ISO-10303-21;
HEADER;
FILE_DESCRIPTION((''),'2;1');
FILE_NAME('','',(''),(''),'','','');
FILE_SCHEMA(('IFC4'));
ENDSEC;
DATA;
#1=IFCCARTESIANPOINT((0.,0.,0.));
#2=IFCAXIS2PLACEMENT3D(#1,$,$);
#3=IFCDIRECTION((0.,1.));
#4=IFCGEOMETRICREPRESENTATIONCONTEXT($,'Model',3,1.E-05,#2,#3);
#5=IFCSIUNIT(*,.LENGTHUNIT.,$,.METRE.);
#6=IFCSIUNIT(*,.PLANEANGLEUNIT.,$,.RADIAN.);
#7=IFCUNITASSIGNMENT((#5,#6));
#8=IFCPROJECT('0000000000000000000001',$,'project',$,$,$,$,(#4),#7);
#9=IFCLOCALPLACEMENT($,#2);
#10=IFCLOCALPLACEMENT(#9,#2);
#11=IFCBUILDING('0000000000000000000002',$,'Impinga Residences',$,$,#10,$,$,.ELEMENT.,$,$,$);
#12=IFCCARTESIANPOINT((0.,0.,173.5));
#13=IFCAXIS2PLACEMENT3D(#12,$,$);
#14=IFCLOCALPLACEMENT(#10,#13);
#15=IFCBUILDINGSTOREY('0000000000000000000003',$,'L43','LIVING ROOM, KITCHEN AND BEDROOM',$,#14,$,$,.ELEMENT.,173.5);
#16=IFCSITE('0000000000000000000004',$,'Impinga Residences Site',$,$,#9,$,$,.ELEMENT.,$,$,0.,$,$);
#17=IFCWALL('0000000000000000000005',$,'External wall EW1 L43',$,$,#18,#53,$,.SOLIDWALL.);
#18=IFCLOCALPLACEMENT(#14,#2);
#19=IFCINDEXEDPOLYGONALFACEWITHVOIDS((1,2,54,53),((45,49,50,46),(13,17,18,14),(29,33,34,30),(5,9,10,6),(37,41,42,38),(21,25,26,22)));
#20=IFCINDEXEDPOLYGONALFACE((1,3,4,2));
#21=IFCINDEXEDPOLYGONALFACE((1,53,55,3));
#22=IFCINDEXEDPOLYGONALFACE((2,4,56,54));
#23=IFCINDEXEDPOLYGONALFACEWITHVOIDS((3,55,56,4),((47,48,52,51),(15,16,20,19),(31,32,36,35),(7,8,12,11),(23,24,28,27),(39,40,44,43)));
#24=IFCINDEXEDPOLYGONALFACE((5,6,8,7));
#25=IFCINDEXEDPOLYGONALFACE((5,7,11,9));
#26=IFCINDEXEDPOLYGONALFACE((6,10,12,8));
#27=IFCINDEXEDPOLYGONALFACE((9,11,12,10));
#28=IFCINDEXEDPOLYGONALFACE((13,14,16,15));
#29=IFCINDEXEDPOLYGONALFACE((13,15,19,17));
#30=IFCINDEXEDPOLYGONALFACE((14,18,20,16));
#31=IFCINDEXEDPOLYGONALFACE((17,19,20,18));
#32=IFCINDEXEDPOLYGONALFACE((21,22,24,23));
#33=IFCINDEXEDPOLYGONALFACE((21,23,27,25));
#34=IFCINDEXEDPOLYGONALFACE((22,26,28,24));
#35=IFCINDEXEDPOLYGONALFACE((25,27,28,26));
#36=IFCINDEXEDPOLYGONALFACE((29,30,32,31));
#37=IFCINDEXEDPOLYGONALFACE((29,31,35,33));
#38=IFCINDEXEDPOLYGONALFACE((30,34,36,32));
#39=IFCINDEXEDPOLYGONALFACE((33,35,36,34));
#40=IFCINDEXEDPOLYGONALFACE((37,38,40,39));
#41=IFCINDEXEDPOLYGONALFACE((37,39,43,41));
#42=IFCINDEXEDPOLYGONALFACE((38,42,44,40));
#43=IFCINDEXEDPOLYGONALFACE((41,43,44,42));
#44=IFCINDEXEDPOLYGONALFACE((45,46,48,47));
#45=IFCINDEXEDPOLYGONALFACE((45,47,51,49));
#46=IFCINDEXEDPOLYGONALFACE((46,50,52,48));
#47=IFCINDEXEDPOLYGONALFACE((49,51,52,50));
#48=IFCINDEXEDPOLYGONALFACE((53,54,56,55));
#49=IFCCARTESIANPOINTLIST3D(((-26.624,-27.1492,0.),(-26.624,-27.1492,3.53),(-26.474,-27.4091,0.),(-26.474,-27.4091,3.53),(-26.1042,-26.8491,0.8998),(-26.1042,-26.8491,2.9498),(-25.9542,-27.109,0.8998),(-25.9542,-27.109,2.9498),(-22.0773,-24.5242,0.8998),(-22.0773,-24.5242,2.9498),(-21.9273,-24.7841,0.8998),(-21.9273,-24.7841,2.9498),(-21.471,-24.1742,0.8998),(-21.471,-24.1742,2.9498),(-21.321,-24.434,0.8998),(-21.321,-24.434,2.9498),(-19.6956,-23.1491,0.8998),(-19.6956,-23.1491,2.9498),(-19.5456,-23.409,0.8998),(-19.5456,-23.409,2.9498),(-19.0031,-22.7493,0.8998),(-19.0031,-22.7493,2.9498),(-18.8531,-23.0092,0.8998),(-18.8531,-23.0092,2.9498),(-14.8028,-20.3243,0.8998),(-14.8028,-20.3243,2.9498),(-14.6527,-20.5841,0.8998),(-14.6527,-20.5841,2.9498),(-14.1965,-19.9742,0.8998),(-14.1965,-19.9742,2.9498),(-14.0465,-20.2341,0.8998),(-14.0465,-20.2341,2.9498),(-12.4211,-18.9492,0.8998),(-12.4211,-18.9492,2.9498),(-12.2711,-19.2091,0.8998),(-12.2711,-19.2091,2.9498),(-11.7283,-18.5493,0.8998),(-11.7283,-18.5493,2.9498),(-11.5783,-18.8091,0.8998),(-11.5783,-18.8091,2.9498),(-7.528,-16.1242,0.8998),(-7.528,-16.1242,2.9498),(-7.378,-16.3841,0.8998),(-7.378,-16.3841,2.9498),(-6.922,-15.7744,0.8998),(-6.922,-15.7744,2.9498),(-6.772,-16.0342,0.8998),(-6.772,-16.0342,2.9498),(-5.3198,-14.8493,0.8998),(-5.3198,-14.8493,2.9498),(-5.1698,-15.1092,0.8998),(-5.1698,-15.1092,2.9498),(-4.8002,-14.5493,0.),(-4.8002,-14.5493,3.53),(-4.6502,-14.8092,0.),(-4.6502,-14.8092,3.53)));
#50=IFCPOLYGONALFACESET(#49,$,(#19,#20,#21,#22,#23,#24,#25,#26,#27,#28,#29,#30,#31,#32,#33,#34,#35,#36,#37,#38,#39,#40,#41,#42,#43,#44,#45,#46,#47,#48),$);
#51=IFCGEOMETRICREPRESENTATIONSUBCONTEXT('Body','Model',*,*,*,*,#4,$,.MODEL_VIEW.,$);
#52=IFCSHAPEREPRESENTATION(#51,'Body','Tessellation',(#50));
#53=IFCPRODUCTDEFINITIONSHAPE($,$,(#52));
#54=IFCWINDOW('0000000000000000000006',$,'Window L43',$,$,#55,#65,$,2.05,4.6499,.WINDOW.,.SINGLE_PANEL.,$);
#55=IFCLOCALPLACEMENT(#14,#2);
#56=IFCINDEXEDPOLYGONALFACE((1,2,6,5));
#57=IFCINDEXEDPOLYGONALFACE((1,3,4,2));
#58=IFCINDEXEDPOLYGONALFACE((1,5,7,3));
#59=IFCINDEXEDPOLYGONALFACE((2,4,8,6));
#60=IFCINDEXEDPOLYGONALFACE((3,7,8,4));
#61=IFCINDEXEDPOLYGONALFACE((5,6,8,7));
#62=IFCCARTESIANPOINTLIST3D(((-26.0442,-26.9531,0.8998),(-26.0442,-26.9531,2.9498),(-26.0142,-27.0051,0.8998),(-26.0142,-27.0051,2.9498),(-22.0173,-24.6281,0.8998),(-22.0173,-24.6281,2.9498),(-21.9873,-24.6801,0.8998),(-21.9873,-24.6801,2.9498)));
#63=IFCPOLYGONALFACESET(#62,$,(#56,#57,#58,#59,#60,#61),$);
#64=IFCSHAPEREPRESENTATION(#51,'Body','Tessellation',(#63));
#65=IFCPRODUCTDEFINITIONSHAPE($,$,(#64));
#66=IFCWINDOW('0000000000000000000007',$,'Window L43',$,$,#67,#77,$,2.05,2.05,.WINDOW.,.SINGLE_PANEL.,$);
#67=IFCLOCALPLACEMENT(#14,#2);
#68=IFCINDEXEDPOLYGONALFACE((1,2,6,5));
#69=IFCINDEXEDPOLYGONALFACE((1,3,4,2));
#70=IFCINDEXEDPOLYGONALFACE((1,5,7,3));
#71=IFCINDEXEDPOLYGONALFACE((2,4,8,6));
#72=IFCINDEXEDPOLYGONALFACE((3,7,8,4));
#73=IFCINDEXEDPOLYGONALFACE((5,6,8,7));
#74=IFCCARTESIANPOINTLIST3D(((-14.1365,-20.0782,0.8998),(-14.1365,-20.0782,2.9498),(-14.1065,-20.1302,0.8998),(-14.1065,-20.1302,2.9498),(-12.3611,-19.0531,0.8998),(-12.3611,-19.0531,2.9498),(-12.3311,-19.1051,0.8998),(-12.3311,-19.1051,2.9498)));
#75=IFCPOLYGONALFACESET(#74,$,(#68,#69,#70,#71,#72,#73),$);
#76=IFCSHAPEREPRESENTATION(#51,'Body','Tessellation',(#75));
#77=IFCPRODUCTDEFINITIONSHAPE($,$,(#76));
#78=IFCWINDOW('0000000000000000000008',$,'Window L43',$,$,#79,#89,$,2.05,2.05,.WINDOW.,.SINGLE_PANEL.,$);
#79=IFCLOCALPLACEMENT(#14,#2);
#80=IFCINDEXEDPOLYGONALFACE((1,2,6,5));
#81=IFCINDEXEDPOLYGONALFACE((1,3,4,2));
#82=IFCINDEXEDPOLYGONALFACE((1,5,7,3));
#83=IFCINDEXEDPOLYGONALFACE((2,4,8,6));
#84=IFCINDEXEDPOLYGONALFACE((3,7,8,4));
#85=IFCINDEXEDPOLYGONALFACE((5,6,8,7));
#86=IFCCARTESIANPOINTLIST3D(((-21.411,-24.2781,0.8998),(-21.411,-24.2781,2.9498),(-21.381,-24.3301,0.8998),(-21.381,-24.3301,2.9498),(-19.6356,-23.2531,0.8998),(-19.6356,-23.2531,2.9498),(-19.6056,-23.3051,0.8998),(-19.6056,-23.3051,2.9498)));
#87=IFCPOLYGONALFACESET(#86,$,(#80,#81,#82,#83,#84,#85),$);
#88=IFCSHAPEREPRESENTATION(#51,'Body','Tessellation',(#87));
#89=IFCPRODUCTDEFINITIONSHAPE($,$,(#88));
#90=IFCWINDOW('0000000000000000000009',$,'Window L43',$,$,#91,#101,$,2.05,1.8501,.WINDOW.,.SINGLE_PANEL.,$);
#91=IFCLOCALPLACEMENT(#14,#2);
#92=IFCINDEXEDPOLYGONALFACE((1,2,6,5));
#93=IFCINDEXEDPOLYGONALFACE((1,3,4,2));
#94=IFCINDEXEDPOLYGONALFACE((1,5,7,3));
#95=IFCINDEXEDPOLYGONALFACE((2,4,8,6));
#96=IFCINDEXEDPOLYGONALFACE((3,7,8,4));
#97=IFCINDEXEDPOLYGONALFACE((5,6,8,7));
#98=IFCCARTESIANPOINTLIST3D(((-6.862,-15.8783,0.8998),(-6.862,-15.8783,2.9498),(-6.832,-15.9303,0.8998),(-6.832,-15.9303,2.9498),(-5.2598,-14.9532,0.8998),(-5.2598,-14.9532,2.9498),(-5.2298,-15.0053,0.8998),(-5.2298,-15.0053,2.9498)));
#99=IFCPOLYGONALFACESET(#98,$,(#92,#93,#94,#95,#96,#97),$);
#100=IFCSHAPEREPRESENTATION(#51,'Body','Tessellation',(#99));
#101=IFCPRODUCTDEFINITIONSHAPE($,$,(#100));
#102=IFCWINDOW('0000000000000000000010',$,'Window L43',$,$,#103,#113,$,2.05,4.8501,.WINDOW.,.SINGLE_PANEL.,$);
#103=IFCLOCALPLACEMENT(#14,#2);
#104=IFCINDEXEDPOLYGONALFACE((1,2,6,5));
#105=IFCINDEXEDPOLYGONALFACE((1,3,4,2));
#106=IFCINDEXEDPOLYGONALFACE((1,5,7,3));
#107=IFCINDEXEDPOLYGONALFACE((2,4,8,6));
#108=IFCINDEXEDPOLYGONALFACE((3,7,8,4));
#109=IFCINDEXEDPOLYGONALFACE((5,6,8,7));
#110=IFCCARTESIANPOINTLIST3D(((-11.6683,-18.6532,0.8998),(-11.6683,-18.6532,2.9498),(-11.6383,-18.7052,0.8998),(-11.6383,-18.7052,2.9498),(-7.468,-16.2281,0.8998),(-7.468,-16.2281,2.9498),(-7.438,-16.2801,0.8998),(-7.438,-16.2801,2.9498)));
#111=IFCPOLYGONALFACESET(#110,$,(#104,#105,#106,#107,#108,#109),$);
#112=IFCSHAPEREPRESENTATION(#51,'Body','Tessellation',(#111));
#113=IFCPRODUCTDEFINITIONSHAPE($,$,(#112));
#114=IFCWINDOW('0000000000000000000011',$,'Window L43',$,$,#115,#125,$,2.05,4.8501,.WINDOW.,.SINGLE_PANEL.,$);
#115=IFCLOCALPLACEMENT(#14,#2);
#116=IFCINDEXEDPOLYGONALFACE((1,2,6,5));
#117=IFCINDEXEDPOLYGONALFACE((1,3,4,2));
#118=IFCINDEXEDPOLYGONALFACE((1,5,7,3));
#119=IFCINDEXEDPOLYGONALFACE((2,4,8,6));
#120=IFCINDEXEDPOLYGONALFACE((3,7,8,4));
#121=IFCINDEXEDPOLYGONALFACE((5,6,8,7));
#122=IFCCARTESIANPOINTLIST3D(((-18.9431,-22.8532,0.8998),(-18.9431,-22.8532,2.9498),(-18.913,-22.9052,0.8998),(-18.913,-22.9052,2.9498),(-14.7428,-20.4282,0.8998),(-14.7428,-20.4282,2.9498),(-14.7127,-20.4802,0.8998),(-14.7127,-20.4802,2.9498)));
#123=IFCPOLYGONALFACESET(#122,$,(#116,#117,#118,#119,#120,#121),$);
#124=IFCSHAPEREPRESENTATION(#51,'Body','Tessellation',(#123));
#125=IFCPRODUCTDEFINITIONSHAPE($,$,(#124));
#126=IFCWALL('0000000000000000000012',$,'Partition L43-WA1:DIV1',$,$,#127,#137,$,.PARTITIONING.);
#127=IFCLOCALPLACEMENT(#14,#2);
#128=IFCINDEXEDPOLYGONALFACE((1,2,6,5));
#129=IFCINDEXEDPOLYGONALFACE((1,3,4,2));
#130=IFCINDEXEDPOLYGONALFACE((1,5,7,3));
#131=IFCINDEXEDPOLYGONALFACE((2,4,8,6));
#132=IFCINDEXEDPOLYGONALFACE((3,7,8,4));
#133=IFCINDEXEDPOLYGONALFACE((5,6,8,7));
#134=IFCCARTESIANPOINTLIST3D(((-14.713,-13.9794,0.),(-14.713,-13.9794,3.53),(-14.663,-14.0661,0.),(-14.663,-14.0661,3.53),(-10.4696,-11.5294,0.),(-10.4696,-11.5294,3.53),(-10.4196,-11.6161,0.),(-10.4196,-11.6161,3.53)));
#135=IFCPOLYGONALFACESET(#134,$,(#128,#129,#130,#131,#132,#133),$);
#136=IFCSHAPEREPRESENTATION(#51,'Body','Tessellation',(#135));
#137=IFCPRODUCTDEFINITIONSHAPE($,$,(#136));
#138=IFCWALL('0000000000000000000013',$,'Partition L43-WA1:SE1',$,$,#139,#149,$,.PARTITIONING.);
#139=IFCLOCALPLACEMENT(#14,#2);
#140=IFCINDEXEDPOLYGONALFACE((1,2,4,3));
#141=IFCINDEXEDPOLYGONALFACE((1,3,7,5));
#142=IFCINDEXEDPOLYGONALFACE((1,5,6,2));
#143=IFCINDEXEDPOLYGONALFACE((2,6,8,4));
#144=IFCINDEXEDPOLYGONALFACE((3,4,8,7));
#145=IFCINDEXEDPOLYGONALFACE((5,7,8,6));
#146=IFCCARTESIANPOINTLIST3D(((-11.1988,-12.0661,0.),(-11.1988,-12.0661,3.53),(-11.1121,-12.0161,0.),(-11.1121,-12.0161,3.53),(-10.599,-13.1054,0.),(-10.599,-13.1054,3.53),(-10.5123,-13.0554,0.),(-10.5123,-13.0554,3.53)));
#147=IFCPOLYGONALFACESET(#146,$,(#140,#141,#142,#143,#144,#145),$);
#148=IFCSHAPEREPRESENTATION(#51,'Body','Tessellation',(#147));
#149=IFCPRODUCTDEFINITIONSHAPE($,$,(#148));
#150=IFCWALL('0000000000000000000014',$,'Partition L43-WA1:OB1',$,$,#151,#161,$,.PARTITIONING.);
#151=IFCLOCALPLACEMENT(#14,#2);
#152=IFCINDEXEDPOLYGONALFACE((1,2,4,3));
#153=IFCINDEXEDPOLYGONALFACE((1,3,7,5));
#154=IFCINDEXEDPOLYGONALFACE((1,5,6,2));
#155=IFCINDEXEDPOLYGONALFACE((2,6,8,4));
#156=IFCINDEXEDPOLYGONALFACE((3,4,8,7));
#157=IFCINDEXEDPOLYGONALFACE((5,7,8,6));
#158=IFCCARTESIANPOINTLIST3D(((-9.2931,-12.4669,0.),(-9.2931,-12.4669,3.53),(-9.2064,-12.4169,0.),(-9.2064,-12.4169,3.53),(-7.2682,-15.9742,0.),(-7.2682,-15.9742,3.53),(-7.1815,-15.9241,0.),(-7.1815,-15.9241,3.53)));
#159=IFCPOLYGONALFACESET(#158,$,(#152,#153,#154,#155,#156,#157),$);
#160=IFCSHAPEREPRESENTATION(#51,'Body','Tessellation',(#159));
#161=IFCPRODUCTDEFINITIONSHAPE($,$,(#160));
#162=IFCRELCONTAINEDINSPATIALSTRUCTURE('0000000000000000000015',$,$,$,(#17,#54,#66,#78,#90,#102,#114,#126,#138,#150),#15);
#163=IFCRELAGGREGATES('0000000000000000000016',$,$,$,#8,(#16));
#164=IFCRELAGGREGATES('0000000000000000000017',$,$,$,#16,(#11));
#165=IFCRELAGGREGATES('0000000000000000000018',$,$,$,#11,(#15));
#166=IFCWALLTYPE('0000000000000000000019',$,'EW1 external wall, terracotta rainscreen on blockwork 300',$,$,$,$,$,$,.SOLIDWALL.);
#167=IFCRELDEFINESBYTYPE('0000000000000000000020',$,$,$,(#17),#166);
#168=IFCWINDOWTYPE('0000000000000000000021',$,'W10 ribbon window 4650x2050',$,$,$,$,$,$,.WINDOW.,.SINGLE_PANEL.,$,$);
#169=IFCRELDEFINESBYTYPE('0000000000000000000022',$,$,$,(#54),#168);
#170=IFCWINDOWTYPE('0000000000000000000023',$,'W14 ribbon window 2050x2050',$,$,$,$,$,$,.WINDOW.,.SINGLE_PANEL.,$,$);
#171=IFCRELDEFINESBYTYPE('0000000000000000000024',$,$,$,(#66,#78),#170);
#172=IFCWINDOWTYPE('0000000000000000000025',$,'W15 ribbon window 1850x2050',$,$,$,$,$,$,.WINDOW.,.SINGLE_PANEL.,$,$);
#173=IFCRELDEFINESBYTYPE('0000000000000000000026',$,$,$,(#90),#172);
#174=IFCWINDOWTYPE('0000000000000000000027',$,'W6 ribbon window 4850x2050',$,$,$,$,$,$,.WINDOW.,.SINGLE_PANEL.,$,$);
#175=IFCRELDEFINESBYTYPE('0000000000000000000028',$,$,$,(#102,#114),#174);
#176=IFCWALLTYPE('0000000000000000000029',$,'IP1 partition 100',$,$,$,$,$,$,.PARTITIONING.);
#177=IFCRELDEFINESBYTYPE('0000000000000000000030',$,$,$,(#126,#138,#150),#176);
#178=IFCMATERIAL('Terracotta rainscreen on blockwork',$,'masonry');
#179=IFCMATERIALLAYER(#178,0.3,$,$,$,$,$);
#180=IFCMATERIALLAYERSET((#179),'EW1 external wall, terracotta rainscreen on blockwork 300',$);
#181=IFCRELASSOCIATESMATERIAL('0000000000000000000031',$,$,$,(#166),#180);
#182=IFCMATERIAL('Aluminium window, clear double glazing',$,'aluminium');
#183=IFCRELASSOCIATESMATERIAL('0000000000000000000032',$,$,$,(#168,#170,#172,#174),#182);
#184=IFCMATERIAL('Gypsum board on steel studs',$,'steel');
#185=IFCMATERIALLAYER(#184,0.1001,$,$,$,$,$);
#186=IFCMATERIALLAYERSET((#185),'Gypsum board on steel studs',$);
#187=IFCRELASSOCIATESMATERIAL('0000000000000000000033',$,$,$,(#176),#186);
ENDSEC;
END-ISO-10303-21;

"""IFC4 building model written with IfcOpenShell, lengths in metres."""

from ifc_helpers import new_model, si_unit, direction, frame, frame_2d, origin, place, context, subcontext, project, spatial, rectangle, extrude, material, layer, layer_set, type_object, element, fill, save


model = new_model("IFC4")

# Units and contexts
model_context = context("Model", 3, precision=1e-05, world=origin(), true_north=direction((0.0, 1.0)))
body_context = subcontext(model_context, "Body", "Model", "MODEL_VIEW")
ifc_project = project(units=[si_unit("LENGTHUNIT", "METRE"), si_unit("PLANEANGLEUNIT", "RADIAN")], contexts=[model_context])

# Site, building, storey
site_placement = place(None, origin())
site = spatial("IfcSite", under=ifc_project, at=site_placement, Name="Impinga Residences Site", CompositionType="ELEMENT", RefElevation=0.0)
building_placement = place(site_placement, origin())
building = spatial("IfcBuilding", under=site, at=building_placement, Name="Impinga Residences", CompositionType="ELEMENT")
storey_placement = place(building_placement, frame((0.0, 0.0, 173.5)))
storey = spatial("IfcBuildingStorey", under=building, at=storey_placement, Name="L43", Description="LIVING ROOM, KITCHEN AND BEDROOM", CompositionType="ELEMENT", Elevation=173.5)

# Shared definitions
ifc_material_1 = material(Name="Terracotta rainscreen on blockwork", Category="masonry")
ifc_layer_1 = layer(ifc_material_1, 0.3)
ifc_layer_set_1 = layer_set([ifc_layer_1], Name="EW1 external wall, terracotta rainscreen on blockwork 300")
wall_type_1 = type_object("IfcWallType", Name="EW1 external wall, terracotta rainscreen on blockwork 300", PredefinedType="SOLIDWALL", material=ifc_layer_set_1)

# Wall, openings, windows
wall_1_placement = place(storey_placement, frame((-4.7251, -14.6792, 0.0), z_axis=(0.0, 0.0, 1.0), x_axis=(-0.866027, -0.499998, 0.0)))
wall_1 = element("IfcWall", 1, at=wall_1_placement, inside=storey, type_object=wall_type_1, Name="External wall EW1 L43", PredefinedType="SOLIDWALL", context=body_context, shape_type="SweptSolid", body=[
    extrude(rectangle(XDim=25.2, YDim=0.3, at=frame_2d((12.6001, 0.0))), origin(), (0.0, 0.0, 1.0), 3.53),
])
opening_1_placement = place(wall_1_placement, frame((0.6001, 0.0, 0.8999)))
opening_1 = element("IfcOpeningElement", 2, at=opening_1_placement, cuts=wall_1, PredefinedType="OPENING", context=body_context, shape_type="SweptSolid", body=[
    extrude(rectangle(XDim=1.8501, YDim=2.05, at=frame_2d((0.925, 1.0249))), frame((0.0, 0.1599, 0.0), z_axis=(0.0, -1.0, 0.0), x_axis=(1.0, 0.0, 0.0)), (0.0, 0.0, 1.0), 0.3201),
])
opening_2_placement = place(wall_1_placement, frame((3.1499, 0.0, 0.8999)))
opening_2 = element("IfcOpeningElement", 3, at=opening_2_placement, cuts=wall_1, PredefinedType="OPENING", context=body_context, shape_type="SweptSolid", body=[
    extrude(rectangle(XDim=4.8501, YDim=2.05, at=frame_2d((2.425, 1.0249))), frame((0.0, 0.1599, 0.0), z_axis=(0.0, -1.0, 0.0), x_axis=(1.0, 0.0, 0.0)), (0.0, 0.0, 1.0), 0.3201),
])
opening_3_placement = place(wall_1_placement, frame((8.8, 0.0, 0.8999)))
opening_3 = element("IfcOpeningElement", 4, at=opening_3_placement, cuts=wall_1, PredefinedType="OPENING", context=body_context, shape_type="SweptSolid", body=[
    extrude(rectangle(XDim=2.05, YDim=2.05, at=frame_2d((1.0249, 1.0249))), frame((0.0, 0.1599, 0.0), z_axis=(0.0, -1.0, 0.0), x_axis=(1.0, 0.0, 0.0)), (0.0, 0.0, 1.0), 0.3201),
])
opening_4_placement = place(wall_1_placement, frame((11.55, 0.0, 0.8999)))
opening_4 = element("IfcOpeningElement", 5, at=opening_4_placement, cuts=wall_1, PredefinedType="OPENING", context=body_context, shape_type="SweptSolid", body=[
    extrude(rectangle(XDim=4.8501, YDim=2.05, at=frame_2d((2.425, 1.0249))), frame((0.0, 0.1599, 0.0), z_axis=(0.0, -1.0, 0.0), x_axis=(1.0, 0.0, 0.0)), (0.0, 0.0, 1.0), 0.3201),
])
opening_5_placement = place(wall_1_placement, frame((17.2, 0.0, 0.8999)))
opening_5 = element("IfcOpeningElement", 6, at=opening_5_placement, cuts=wall_1, PredefinedType="OPENING", context=body_context, shape_type="SweptSolid", body=[
    extrude(rectangle(XDim=2.05, YDim=2.05, at=frame_2d((1.0249, 1.0249))), frame((0.0, 0.1599, 0.0), z_axis=(0.0, -1.0, 0.0), x_axis=(1.0, 0.0, 0.0)), (0.0, 0.0, 1.0), 0.3201),
])
opening_6_placement = place(wall_1_placement, frame((19.95, 0.0, 0.8999)))
opening_6 = element("IfcOpeningElement", 7, at=opening_6_placement, cuts=wall_1, PredefinedType="OPENING", context=body_context, shape_type="SweptSolid", body=[
    extrude(rectangle(XDim=4.6499, YDim=2.05, at=frame_2d((2.325, 1.0249))), frame((0.0, 0.1599, 0.0), z_axis=(0.0, -1.0, 0.0), x_axis=(1.0, 0.0, 0.0)), (0.0, 0.0, 1.0), 0.3201),
])
ifc_material_2 = material(Name="Aluminium window, clear double glazing", Category="aluminium")
window_type_1 = type_object("IfcWindowType", Name="W10 ribbon window 4650x2050", PartitioningType="SINGLE_PANEL", PredefinedType="WINDOW", material=ifc_material_2)
window_1_placement = place(opening_6_placement, origin())
window_1 = element("IfcWindow", 8, at=window_1_placement, inside=storey, type_object=window_type_1, Name="Window L43", OverallHeight=2.05, OverallWidth=4.6499, PartitioningType="SINGLE_PANEL", PredefinedType="WINDOW", context=body_context, shape_type="SweptSolid", body=[
    extrude(rectangle(XDim=4.6499, YDim=2.05, at=frame_2d((2.325, 1.0249))), frame((0.0, 0.03, 0.0), z_axis=(0.0, -1.0, 0.0), x_axis=(1.0, 0.0, 0.0)), (0.0, 0.0, 1.0), 0.0601),
])
fill(opening_6, window_1)
window_type_2 = type_object("IfcWindowType", Name="W14 ribbon window 2050x2050", PartitioningType="SINGLE_PANEL", PredefinedType="WINDOW", material=ifc_material_2)
window_2_placement = place(opening_3_placement, origin())
window_2 = element("IfcWindow", 9, at=window_2_placement, inside=storey, type_object=window_type_2, Name="Window L43", OverallHeight=2.05, OverallWidth=2.05, PartitioningType="SINGLE_PANEL", PredefinedType="WINDOW", context=body_context, shape_type="SweptSolid", body=[
    extrude(rectangle(XDim=2.05, YDim=2.05, at=frame_2d((1.0249, 1.0249))), frame((0.0, 0.03, 0.0), z_axis=(0.0, -1.0, 0.0), x_axis=(1.0, 0.0, 0.0)), (0.0, 0.0, 1.0), 0.0601),
])
fill(opening_3, window_2)
window_3_placement = place(opening_5_placement, origin())
window_3 = element("IfcWindow", 10, at=window_3_placement, inside=storey, type_object=window_type_2, Name="Window L43", OverallHeight=2.05, OverallWidth=2.05, PartitioningType="SINGLE_PANEL", PredefinedType="WINDOW", context=body_context, shape_type="SweptSolid", body=[
    extrude(rectangle(XDim=2.05, YDim=2.05, at=frame_2d((1.0249, 1.0249))), frame((0.0, 0.03, 0.0), z_axis=(0.0, -1.0, 0.0), x_axis=(1.0, 0.0, 0.0)), (0.0, 0.0, 1.0), 0.0601),
])
fill(opening_5, window_3)
window_type_3 = type_object("IfcWindowType", Name="W15 ribbon window 1850x2050", PartitioningType="SINGLE_PANEL", PredefinedType="WINDOW", material=ifc_material_2)
window_4_placement = place(opening_1_placement, origin())
window_4 = element("IfcWindow", 11, at=window_4_placement, inside=storey, type_object=window_type_3, Name="Window L43", OverallHeight=2.05, OverallWidth=1.8501, PartitioningType="SINGLE_PANEL", PredefinedType="WINDOW", context=body_context, shape_type="SweptSolid", body=[
    extrude(rectangle(XDim=1.8501, YDim=2.05, at=frame_2d((0.925, 1.0249))), frame((0.0, 0.03, 0.0), z_axis=(0.0, -1.0, 0.0), x_axis=(1.0, 0.0, 0.0)), (0.0, 0.0, 1.0), 0.0601),
])
fill(opening_1, window_4)
window_type_4 = type_object("IfcWindowType", Name="W6 ribbon window 4850x2050", PartitioningType="SINGLE_PANEL", PredefinedType="WINDOW", material=ifc_material_2)
window_5_placement = place(opening_2_placement, origin())
window_5 = element("IfcWindow", 12, at=window_5_placement, inside=storey, type_object=window_type_4, Name="Window L43", OverallHeight=2.05, OverallWidth=4.8501, PartitioningType="SINGLE_PANEL", PredefinedType="WINDOW", context=body_context, shape_type="SweptSolid", body=[
    extrude(rectangle(XDim=4.8501, YDim=2.05, at=frame_2d((2.425, 1.0249))), frame((0.0, 0.03, 0.0), z_axis=(0.0, -1.0, 0.0), x_axis=(1.0, 0.0, 0.0)), (0.0, 0.0, 1.0), 0.0601),
])
fill(opening_2, window_5)
window_6_placement = place(opening_4_placement, origin())
window_6 = element("IfcWindow", 13, at=window_6_placement, inside=storey, type_object=window_type_4, Name="Window L43", OverallHeight=2.05, OverallWidth=4.8501, PartitioningType="SINGLE_PANEL", PredefinedType="WINDOW", context=body_context, shape_type="SweptSolid", body=[
    extrude(rectangle(XDim=4.8501, YDim=2.05, at=frame_2d((2.425, 1.0249))), frame((0.0, 0.03, 0.0), z_axis=(0.0, -1.0, 0.0), x_axis=(1.0, 0.0, 0.0)), (0.0, 0.0, 1.0), 0.0601),
])
fill(opening_4, window_6)

# Walls
ifc_material_3 = material(Name="Gypsum board on steel studs", Category="steel")
ifc_layer_2 = layer(ifc_material_3, 0.1001)
ifc_layer_set_2 = layer_set([ifc_layer_2], Name="Gypsum board on steel studs")
wall_type_2 = type_object("IfcWallType", Name="IP1 partition 100", PredefinedType="PARTITIONING", material=ifc_layer_set_2)
wall_2_placement = place(storey_placement, frame((-10.4446, -11.5728, 0.0), z_axis=(0.0, 0.0, 1.0), x_axis=(-0.866024, -0.500003, 0.0)))
element("IfcWall", 14, at=wall_2_placement, inside=storey, type_object=wall_type_2, Name="Partition L43-WA1:DIV1", PredefinedType="PARTITIONING", context=body_context, shape_type="SweptSolid", body=[
    extrude(rectangle(XDim=4.8999, YDim=0.1001, at=frame_2d((2.45, 0.0))), origin(), (0.0, 0.0, 1.0), 3.53),
])
wall_3_placement = place(storey_placement, frame((-11.1555, -12.041, 0.0), z_axis=(0.0, 0.0, 1.0), x_axis=(0.499881, -0.866094, 0.0)))
element("IfcWall", 15, at=wall_3_placement, inside=storey, type_object=wall_type_2, Name="Partition L43-WA1:SE1", PredefinedType="PARTITIONING", context=body_context, shape_type="SweptSolid", body=[
    extrude(rectangle(XDim=1.2, YDim=0.1001, at=frame_2d((0.6001, 0.0))), origin(), (0.0, 0.0, 1.0), 3.53),
])
wall_4_placement = place(storey_placement, frame((-9.2498, -12.4419, 0.0), z_axis=(0.0, 0.0, 1.0), x_axis=(0.49999, -0.866031, 0.0)))
element("IfcWall", 16, at=wall_4_placement, inside=storey, type_object=wall_type_2, Name="Partition L43-WA1:OB1", PredefinedType="PARTITIONING", context=body_context, shape_type="SweptSolid", body=[
    extrude(rectangle(XDim=4.0498, YDim=0.1001, at=frame_2d((2.0249, 0.0))), origin(), (0.0, 0.0, 1.0), 3.53),
])

save(model, "model.ifc")
